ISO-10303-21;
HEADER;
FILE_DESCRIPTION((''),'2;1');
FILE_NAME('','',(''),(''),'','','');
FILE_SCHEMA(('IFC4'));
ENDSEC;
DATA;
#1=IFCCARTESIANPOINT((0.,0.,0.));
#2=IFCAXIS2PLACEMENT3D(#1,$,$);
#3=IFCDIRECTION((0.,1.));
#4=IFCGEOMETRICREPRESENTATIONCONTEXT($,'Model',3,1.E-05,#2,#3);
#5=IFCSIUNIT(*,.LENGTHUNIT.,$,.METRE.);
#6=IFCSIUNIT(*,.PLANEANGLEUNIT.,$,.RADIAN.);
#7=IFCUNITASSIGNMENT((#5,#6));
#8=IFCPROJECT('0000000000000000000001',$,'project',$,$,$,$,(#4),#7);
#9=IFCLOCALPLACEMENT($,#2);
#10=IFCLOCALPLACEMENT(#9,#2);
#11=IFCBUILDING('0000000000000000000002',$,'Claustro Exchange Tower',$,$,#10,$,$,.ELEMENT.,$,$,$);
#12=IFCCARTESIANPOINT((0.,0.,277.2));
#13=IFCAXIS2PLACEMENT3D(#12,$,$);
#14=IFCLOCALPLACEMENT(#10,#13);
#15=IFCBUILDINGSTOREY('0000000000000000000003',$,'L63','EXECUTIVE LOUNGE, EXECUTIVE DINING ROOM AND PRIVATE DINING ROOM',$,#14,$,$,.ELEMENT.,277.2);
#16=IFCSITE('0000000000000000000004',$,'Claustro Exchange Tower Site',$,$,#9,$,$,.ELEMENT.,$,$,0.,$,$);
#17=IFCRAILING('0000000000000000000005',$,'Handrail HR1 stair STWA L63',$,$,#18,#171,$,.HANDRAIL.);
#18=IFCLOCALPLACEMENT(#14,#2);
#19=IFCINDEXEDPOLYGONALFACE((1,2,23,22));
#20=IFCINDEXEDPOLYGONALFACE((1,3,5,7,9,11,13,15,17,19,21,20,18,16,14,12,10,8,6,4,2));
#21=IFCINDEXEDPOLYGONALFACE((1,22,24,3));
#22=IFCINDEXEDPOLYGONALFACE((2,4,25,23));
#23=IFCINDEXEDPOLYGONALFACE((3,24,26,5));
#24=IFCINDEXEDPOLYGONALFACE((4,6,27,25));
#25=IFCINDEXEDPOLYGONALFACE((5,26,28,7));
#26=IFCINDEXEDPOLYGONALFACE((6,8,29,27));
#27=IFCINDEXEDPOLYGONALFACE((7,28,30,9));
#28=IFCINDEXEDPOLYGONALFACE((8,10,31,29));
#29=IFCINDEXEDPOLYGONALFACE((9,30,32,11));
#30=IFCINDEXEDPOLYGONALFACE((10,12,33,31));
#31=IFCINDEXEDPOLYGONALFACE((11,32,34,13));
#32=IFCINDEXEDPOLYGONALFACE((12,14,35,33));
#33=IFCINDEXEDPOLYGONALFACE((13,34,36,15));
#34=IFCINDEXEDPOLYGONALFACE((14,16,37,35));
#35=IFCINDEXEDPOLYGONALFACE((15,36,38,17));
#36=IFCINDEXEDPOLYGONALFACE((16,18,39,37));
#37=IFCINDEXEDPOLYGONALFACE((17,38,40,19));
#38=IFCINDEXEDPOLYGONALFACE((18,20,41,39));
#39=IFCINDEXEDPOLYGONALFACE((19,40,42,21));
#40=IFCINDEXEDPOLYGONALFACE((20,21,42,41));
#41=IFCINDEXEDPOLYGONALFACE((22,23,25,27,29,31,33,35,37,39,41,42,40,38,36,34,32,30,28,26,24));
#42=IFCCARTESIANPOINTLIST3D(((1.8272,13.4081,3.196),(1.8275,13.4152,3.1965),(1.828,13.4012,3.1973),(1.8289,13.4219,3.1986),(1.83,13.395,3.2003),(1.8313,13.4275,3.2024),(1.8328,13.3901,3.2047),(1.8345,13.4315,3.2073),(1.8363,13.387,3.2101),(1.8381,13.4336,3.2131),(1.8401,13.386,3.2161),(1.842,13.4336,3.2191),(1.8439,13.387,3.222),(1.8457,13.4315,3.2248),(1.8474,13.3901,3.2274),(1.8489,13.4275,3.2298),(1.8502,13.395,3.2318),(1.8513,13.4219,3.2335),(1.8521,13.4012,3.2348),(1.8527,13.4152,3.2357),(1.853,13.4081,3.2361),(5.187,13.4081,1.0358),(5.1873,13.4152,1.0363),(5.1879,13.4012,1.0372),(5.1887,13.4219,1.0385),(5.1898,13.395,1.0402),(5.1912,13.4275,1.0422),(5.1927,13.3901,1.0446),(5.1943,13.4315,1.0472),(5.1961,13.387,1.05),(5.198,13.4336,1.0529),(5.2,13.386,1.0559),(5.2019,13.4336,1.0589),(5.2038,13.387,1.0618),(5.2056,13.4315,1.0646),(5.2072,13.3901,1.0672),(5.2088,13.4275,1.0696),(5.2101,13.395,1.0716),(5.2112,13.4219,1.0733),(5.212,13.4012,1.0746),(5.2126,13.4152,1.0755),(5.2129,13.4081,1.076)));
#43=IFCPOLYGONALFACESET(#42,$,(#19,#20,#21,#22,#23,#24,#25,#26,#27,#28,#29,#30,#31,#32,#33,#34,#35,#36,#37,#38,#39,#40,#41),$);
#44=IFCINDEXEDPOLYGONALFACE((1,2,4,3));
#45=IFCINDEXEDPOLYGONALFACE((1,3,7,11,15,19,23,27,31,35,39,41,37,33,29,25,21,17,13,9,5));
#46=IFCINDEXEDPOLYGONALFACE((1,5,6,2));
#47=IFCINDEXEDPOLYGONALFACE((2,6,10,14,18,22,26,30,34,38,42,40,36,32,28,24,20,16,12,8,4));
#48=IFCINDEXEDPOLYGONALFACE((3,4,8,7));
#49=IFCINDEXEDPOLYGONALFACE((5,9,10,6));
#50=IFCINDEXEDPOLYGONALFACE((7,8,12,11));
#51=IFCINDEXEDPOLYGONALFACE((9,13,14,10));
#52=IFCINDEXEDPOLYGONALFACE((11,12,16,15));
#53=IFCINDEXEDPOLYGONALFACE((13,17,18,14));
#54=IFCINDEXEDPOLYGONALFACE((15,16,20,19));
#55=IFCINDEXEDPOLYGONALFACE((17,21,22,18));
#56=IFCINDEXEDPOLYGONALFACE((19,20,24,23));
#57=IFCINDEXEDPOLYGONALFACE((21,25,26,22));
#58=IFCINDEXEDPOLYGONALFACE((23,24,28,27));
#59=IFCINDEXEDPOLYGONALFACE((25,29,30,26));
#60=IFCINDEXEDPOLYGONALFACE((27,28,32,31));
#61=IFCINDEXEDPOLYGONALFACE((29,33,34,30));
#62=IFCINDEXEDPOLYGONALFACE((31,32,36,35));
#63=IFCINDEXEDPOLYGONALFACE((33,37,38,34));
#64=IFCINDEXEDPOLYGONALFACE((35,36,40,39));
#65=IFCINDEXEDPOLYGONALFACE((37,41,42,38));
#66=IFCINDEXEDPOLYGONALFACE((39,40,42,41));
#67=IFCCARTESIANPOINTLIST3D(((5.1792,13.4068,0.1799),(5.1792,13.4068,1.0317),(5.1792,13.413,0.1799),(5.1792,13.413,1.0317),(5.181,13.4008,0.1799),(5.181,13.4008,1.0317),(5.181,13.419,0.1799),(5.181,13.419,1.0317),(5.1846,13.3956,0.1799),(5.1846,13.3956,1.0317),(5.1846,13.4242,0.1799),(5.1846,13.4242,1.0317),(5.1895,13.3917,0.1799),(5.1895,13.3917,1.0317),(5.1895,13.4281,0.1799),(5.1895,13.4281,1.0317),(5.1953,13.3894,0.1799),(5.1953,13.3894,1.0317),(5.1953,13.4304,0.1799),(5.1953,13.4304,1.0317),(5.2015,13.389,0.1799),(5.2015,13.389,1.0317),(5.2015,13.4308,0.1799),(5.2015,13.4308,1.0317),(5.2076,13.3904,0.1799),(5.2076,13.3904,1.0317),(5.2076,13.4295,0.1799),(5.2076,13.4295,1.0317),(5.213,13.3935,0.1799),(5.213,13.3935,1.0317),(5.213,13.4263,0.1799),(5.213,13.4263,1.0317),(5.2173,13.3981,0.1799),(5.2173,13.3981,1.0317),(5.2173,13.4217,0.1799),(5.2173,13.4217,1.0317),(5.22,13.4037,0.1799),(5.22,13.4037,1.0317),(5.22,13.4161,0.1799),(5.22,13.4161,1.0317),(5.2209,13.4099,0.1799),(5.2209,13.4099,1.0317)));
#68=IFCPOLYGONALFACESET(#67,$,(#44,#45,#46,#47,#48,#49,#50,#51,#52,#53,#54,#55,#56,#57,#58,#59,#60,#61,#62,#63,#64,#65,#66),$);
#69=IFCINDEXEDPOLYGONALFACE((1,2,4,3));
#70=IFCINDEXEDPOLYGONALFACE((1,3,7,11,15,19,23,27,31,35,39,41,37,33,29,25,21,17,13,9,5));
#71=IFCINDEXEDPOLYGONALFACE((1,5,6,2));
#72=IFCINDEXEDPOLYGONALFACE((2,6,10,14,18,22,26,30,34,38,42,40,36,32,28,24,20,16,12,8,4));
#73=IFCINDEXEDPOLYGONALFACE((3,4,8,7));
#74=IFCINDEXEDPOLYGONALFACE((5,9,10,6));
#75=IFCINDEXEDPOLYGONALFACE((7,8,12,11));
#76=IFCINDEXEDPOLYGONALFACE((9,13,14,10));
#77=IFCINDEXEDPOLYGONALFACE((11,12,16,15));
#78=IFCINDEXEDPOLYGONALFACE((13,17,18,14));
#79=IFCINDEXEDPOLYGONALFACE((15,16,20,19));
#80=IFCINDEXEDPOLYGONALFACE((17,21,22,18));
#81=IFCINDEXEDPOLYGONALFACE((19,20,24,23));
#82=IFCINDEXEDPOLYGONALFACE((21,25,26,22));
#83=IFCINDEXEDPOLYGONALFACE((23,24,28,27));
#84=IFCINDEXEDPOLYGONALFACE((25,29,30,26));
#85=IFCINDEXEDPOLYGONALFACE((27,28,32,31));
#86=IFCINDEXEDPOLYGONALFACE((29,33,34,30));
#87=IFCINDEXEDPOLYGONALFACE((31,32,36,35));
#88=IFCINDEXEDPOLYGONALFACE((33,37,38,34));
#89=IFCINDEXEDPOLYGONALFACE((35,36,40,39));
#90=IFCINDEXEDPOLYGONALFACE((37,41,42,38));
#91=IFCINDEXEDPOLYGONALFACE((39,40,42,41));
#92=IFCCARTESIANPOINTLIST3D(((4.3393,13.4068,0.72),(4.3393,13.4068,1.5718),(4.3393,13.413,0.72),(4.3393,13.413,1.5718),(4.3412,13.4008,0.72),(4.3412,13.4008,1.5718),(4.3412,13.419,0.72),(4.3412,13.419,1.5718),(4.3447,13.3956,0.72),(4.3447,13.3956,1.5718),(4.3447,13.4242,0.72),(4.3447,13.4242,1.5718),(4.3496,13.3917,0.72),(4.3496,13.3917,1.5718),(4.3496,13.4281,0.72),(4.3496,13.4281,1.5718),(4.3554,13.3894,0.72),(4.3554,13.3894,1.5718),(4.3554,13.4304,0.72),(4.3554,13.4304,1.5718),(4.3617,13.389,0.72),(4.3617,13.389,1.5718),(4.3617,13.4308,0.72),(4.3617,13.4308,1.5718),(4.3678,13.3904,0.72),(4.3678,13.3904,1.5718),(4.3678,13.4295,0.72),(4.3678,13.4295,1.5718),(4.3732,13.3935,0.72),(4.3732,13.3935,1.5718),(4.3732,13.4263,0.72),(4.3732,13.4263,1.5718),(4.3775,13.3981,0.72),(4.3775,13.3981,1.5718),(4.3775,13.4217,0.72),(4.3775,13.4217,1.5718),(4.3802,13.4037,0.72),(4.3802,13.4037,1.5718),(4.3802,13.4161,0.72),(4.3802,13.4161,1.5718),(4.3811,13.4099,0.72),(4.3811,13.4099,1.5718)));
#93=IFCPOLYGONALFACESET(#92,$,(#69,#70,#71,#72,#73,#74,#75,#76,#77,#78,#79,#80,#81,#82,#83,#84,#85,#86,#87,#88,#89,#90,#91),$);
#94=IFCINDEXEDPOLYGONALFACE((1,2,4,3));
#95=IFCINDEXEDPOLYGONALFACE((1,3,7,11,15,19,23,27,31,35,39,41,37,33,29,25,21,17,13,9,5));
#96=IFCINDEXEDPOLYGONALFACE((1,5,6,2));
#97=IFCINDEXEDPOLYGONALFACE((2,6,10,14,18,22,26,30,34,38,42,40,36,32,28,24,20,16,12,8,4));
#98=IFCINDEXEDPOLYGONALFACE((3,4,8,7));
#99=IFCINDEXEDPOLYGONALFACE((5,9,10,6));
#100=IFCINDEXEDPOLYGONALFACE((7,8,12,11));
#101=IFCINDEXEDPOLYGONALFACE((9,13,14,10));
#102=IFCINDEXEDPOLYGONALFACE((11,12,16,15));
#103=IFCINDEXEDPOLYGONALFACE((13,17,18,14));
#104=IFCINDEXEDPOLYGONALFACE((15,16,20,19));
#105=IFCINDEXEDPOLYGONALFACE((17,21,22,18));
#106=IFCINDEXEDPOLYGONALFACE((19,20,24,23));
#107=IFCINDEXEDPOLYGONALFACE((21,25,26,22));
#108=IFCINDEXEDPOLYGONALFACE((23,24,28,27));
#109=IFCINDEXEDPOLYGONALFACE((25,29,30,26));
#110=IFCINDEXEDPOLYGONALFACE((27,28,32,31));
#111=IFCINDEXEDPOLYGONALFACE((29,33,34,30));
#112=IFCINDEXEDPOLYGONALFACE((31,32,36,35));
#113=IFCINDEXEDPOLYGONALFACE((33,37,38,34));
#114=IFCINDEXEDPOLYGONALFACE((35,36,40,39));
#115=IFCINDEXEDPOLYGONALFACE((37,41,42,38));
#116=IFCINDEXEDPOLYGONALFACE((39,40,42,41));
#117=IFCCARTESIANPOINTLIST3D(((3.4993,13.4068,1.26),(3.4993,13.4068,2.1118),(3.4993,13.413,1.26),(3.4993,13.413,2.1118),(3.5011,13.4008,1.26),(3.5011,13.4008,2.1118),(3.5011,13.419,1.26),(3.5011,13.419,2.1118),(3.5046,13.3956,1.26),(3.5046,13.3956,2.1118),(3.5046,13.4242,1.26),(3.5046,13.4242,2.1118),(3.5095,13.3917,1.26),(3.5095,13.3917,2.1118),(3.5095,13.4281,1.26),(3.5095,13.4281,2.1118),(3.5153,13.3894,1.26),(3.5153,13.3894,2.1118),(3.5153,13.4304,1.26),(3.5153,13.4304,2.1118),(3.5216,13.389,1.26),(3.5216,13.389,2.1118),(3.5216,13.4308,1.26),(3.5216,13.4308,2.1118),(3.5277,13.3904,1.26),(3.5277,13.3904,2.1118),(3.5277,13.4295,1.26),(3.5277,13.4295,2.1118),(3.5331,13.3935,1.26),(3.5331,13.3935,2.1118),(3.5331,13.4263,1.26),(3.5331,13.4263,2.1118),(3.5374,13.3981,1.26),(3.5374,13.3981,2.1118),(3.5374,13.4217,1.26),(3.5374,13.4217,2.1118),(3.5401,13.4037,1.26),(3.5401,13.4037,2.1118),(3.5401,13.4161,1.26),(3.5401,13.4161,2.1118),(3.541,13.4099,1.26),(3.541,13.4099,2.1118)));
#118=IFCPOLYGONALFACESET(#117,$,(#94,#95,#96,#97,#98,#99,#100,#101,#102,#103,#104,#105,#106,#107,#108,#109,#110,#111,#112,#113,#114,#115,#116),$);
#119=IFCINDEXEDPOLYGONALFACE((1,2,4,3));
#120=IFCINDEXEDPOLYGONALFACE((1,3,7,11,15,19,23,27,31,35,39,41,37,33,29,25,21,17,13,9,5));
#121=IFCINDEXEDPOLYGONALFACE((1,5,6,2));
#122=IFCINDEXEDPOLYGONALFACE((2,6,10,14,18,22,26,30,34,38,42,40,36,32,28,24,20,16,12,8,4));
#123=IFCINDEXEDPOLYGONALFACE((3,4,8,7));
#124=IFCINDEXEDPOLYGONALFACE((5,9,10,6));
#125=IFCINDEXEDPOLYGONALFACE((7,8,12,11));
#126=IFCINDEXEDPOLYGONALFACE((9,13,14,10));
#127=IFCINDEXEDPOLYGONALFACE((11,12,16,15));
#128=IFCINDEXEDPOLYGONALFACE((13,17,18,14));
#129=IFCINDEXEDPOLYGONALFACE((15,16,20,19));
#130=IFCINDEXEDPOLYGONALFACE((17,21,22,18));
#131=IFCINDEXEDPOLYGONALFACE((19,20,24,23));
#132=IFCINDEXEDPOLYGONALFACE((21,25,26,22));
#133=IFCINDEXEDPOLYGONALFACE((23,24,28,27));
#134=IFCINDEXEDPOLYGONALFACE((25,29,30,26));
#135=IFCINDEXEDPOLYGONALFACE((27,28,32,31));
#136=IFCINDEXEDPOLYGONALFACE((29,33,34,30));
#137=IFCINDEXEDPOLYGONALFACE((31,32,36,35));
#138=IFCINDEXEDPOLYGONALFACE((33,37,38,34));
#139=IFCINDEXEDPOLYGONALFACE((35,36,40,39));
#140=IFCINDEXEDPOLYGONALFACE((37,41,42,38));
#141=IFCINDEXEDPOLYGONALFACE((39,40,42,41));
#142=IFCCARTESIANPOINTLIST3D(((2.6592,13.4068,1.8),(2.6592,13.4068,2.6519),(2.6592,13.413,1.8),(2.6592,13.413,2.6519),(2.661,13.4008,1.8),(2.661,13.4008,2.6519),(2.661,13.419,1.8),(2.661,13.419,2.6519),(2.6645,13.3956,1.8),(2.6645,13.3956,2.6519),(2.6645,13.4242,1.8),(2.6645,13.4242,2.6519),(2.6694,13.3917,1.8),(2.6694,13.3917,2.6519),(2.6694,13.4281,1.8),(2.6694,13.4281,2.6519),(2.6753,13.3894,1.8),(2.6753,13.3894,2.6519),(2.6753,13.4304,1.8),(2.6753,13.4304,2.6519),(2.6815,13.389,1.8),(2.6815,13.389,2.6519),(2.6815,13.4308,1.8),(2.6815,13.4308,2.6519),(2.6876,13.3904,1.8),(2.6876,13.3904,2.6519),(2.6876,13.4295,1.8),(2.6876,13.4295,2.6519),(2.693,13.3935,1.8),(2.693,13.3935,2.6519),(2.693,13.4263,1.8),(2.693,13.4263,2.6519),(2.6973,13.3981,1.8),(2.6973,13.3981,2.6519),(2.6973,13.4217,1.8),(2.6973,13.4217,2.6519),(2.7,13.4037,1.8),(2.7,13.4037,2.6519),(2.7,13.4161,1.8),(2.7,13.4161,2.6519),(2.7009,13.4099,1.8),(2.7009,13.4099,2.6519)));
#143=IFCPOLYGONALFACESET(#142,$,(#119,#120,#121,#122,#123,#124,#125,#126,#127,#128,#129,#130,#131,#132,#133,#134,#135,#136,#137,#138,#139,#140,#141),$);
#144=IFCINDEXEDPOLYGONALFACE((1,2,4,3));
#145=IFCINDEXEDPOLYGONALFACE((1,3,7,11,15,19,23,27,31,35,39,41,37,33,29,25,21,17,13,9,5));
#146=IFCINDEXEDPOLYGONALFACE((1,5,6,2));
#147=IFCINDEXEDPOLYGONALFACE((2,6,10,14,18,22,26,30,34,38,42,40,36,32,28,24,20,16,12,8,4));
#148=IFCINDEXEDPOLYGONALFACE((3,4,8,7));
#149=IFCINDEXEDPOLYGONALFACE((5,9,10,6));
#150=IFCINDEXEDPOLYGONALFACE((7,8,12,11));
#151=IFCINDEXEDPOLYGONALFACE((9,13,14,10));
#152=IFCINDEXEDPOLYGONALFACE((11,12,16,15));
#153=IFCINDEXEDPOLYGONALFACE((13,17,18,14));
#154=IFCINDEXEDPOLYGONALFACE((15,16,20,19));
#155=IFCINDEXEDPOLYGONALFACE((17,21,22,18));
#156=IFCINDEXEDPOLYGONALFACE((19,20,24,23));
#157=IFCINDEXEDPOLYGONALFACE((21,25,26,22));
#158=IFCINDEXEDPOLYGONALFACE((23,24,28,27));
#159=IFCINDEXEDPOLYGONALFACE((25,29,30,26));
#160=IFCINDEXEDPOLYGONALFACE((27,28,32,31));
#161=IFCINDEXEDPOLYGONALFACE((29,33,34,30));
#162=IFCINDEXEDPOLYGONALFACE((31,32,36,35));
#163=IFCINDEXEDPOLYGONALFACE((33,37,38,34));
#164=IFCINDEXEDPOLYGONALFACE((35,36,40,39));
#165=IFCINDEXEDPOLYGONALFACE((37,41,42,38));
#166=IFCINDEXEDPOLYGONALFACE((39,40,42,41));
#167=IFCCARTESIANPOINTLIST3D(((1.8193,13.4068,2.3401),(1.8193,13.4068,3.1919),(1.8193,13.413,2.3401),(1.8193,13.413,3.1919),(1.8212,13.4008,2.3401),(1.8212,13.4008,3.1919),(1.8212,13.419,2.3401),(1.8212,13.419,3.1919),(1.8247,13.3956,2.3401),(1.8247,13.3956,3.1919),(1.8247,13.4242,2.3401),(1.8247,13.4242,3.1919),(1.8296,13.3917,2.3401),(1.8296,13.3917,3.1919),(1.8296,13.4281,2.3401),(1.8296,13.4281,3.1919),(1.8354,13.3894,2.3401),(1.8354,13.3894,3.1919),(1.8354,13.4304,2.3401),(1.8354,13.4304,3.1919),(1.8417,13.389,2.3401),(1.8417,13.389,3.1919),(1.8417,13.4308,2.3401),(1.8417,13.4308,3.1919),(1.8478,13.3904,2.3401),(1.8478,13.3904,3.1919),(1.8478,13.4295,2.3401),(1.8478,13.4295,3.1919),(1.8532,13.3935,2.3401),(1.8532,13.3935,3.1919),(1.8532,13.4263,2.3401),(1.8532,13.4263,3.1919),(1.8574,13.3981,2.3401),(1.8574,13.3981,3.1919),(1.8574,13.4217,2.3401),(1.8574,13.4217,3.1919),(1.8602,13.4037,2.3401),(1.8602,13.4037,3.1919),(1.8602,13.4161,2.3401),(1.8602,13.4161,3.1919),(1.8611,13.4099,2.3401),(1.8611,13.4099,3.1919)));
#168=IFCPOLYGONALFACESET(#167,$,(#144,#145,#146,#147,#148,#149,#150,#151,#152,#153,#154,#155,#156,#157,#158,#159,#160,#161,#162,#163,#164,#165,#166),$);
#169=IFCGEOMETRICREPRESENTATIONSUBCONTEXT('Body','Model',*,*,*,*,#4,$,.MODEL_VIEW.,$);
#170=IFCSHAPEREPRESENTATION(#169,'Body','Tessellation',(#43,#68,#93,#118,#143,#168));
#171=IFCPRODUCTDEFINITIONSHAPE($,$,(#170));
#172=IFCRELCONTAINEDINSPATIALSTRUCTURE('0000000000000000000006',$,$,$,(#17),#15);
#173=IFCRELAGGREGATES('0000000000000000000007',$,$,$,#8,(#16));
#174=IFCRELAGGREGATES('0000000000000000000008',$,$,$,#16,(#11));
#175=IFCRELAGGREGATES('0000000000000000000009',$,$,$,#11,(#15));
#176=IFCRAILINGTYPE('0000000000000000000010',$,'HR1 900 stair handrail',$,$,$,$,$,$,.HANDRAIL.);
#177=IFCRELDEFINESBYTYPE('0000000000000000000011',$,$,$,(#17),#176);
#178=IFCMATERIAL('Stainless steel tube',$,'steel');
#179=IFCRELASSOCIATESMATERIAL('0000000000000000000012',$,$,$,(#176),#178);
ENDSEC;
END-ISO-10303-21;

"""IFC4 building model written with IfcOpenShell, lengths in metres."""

from ifc_helpers import new_model, si_unit, direction, frame, origin, origin_2d, place, context, subcontext, project, spatial, circle, extrude, material, type_object, element, save


model = new_model("IFC4")

# Units and contexts
model_context = context("Model", 3, precision=1e-05, world=origin(), true_north=direction((0.0, 1.0)))
body_context = subcontext(model_context, "Body", "Model", "MODEL_VIEW")
ifc_project = project(units=[si_unit("LENGTHUNIT", "METRE"), si_unit("PLANEANGLEUNIT", "RADIAN")], contexts=[model_context])

# Site, building, storey
site_placement = place(None, origin())
site = spatial("IfcSite", under=ifc_project, at=site_placement, Name="Claustro Exchange Tower Site", CompositionType="ELEMENT", RefElevation=0.0)
building_placement = place(site_placement, origin())
building = spatial("IfcBuilding", under=site, at=building_placement, Name="Claustro Exchange Tower", CompositionType="ELEMENT")
storey_placement = place(building_placement, frame((0.0, 0.0, 277.2)))
storey = spatial("IfcBuildingStorey", under=building, at=storey_placement, Name="L63", Description="EXECUTIVE LOUNGE, EXECUTIVE DINING ROOM AND PRIVATE DINING ROOM", CompositionType="ELEMENT", Elevation=277.2)

# Railing
ifc_material_1 = material(Name="Stainless steel tube", Category="steel")
railing_type_1 = type_object("IfcRailingType", Name="HR1 900 stair handrail", PredefinedType="HANDRAIL", material=ifc_material_1)
railing_1_placement = place(storey_placement, frame((5.2, 13.4099, 0.1799)))
element("IfcRailing", 1, at=railing_1_placement, inside=storey, type_object=railing_type_1, Name="Handrail HR1 stair STWA L63", PredefinedType="HANDRAIL", context=body_context, shape_type="SweptSolid", body=[
    extrude(circle(Radius=0.0239, at=origin_2d()), frame((0.0, 0.0, 0.876), z_axis=(-0.841151, 0.0, 0.540801), x_axis=(0.0, -1.0, 0.0)), (0.0, 0.0, 1.0), 3.9944),
    extrude(circle(Radius=0.021, at=origin_2d()), origin(), (0.0, 0.0, 1.0), 0.8518),
    extrude(circle(Radius=0.021, at=origin_2d()), frame((-0.8398, 0.0, 0.54)), (0.0, 0.0, 1.0), 0.8518),
    extrude(circle(Radius=0.021, at=origin_2d()), frame((-1.6799, 0.0, 1.0801)), (0.0, 0.0, 1.0), 0.8518),
    extrude(circle(Radius=0.021, at=origin_2d()), frame((-2.52, 0.0, 1.6201)), (0.0, 0.0, 1.0), 0.8518),
    extrude(circle(Radius=0.021, at=origin_2d()), frame((-3.3599, 0.0, 2.1602)), (0.0, 0.0, 1.0), 0.8518),
])

save(model, "model.ifc")
